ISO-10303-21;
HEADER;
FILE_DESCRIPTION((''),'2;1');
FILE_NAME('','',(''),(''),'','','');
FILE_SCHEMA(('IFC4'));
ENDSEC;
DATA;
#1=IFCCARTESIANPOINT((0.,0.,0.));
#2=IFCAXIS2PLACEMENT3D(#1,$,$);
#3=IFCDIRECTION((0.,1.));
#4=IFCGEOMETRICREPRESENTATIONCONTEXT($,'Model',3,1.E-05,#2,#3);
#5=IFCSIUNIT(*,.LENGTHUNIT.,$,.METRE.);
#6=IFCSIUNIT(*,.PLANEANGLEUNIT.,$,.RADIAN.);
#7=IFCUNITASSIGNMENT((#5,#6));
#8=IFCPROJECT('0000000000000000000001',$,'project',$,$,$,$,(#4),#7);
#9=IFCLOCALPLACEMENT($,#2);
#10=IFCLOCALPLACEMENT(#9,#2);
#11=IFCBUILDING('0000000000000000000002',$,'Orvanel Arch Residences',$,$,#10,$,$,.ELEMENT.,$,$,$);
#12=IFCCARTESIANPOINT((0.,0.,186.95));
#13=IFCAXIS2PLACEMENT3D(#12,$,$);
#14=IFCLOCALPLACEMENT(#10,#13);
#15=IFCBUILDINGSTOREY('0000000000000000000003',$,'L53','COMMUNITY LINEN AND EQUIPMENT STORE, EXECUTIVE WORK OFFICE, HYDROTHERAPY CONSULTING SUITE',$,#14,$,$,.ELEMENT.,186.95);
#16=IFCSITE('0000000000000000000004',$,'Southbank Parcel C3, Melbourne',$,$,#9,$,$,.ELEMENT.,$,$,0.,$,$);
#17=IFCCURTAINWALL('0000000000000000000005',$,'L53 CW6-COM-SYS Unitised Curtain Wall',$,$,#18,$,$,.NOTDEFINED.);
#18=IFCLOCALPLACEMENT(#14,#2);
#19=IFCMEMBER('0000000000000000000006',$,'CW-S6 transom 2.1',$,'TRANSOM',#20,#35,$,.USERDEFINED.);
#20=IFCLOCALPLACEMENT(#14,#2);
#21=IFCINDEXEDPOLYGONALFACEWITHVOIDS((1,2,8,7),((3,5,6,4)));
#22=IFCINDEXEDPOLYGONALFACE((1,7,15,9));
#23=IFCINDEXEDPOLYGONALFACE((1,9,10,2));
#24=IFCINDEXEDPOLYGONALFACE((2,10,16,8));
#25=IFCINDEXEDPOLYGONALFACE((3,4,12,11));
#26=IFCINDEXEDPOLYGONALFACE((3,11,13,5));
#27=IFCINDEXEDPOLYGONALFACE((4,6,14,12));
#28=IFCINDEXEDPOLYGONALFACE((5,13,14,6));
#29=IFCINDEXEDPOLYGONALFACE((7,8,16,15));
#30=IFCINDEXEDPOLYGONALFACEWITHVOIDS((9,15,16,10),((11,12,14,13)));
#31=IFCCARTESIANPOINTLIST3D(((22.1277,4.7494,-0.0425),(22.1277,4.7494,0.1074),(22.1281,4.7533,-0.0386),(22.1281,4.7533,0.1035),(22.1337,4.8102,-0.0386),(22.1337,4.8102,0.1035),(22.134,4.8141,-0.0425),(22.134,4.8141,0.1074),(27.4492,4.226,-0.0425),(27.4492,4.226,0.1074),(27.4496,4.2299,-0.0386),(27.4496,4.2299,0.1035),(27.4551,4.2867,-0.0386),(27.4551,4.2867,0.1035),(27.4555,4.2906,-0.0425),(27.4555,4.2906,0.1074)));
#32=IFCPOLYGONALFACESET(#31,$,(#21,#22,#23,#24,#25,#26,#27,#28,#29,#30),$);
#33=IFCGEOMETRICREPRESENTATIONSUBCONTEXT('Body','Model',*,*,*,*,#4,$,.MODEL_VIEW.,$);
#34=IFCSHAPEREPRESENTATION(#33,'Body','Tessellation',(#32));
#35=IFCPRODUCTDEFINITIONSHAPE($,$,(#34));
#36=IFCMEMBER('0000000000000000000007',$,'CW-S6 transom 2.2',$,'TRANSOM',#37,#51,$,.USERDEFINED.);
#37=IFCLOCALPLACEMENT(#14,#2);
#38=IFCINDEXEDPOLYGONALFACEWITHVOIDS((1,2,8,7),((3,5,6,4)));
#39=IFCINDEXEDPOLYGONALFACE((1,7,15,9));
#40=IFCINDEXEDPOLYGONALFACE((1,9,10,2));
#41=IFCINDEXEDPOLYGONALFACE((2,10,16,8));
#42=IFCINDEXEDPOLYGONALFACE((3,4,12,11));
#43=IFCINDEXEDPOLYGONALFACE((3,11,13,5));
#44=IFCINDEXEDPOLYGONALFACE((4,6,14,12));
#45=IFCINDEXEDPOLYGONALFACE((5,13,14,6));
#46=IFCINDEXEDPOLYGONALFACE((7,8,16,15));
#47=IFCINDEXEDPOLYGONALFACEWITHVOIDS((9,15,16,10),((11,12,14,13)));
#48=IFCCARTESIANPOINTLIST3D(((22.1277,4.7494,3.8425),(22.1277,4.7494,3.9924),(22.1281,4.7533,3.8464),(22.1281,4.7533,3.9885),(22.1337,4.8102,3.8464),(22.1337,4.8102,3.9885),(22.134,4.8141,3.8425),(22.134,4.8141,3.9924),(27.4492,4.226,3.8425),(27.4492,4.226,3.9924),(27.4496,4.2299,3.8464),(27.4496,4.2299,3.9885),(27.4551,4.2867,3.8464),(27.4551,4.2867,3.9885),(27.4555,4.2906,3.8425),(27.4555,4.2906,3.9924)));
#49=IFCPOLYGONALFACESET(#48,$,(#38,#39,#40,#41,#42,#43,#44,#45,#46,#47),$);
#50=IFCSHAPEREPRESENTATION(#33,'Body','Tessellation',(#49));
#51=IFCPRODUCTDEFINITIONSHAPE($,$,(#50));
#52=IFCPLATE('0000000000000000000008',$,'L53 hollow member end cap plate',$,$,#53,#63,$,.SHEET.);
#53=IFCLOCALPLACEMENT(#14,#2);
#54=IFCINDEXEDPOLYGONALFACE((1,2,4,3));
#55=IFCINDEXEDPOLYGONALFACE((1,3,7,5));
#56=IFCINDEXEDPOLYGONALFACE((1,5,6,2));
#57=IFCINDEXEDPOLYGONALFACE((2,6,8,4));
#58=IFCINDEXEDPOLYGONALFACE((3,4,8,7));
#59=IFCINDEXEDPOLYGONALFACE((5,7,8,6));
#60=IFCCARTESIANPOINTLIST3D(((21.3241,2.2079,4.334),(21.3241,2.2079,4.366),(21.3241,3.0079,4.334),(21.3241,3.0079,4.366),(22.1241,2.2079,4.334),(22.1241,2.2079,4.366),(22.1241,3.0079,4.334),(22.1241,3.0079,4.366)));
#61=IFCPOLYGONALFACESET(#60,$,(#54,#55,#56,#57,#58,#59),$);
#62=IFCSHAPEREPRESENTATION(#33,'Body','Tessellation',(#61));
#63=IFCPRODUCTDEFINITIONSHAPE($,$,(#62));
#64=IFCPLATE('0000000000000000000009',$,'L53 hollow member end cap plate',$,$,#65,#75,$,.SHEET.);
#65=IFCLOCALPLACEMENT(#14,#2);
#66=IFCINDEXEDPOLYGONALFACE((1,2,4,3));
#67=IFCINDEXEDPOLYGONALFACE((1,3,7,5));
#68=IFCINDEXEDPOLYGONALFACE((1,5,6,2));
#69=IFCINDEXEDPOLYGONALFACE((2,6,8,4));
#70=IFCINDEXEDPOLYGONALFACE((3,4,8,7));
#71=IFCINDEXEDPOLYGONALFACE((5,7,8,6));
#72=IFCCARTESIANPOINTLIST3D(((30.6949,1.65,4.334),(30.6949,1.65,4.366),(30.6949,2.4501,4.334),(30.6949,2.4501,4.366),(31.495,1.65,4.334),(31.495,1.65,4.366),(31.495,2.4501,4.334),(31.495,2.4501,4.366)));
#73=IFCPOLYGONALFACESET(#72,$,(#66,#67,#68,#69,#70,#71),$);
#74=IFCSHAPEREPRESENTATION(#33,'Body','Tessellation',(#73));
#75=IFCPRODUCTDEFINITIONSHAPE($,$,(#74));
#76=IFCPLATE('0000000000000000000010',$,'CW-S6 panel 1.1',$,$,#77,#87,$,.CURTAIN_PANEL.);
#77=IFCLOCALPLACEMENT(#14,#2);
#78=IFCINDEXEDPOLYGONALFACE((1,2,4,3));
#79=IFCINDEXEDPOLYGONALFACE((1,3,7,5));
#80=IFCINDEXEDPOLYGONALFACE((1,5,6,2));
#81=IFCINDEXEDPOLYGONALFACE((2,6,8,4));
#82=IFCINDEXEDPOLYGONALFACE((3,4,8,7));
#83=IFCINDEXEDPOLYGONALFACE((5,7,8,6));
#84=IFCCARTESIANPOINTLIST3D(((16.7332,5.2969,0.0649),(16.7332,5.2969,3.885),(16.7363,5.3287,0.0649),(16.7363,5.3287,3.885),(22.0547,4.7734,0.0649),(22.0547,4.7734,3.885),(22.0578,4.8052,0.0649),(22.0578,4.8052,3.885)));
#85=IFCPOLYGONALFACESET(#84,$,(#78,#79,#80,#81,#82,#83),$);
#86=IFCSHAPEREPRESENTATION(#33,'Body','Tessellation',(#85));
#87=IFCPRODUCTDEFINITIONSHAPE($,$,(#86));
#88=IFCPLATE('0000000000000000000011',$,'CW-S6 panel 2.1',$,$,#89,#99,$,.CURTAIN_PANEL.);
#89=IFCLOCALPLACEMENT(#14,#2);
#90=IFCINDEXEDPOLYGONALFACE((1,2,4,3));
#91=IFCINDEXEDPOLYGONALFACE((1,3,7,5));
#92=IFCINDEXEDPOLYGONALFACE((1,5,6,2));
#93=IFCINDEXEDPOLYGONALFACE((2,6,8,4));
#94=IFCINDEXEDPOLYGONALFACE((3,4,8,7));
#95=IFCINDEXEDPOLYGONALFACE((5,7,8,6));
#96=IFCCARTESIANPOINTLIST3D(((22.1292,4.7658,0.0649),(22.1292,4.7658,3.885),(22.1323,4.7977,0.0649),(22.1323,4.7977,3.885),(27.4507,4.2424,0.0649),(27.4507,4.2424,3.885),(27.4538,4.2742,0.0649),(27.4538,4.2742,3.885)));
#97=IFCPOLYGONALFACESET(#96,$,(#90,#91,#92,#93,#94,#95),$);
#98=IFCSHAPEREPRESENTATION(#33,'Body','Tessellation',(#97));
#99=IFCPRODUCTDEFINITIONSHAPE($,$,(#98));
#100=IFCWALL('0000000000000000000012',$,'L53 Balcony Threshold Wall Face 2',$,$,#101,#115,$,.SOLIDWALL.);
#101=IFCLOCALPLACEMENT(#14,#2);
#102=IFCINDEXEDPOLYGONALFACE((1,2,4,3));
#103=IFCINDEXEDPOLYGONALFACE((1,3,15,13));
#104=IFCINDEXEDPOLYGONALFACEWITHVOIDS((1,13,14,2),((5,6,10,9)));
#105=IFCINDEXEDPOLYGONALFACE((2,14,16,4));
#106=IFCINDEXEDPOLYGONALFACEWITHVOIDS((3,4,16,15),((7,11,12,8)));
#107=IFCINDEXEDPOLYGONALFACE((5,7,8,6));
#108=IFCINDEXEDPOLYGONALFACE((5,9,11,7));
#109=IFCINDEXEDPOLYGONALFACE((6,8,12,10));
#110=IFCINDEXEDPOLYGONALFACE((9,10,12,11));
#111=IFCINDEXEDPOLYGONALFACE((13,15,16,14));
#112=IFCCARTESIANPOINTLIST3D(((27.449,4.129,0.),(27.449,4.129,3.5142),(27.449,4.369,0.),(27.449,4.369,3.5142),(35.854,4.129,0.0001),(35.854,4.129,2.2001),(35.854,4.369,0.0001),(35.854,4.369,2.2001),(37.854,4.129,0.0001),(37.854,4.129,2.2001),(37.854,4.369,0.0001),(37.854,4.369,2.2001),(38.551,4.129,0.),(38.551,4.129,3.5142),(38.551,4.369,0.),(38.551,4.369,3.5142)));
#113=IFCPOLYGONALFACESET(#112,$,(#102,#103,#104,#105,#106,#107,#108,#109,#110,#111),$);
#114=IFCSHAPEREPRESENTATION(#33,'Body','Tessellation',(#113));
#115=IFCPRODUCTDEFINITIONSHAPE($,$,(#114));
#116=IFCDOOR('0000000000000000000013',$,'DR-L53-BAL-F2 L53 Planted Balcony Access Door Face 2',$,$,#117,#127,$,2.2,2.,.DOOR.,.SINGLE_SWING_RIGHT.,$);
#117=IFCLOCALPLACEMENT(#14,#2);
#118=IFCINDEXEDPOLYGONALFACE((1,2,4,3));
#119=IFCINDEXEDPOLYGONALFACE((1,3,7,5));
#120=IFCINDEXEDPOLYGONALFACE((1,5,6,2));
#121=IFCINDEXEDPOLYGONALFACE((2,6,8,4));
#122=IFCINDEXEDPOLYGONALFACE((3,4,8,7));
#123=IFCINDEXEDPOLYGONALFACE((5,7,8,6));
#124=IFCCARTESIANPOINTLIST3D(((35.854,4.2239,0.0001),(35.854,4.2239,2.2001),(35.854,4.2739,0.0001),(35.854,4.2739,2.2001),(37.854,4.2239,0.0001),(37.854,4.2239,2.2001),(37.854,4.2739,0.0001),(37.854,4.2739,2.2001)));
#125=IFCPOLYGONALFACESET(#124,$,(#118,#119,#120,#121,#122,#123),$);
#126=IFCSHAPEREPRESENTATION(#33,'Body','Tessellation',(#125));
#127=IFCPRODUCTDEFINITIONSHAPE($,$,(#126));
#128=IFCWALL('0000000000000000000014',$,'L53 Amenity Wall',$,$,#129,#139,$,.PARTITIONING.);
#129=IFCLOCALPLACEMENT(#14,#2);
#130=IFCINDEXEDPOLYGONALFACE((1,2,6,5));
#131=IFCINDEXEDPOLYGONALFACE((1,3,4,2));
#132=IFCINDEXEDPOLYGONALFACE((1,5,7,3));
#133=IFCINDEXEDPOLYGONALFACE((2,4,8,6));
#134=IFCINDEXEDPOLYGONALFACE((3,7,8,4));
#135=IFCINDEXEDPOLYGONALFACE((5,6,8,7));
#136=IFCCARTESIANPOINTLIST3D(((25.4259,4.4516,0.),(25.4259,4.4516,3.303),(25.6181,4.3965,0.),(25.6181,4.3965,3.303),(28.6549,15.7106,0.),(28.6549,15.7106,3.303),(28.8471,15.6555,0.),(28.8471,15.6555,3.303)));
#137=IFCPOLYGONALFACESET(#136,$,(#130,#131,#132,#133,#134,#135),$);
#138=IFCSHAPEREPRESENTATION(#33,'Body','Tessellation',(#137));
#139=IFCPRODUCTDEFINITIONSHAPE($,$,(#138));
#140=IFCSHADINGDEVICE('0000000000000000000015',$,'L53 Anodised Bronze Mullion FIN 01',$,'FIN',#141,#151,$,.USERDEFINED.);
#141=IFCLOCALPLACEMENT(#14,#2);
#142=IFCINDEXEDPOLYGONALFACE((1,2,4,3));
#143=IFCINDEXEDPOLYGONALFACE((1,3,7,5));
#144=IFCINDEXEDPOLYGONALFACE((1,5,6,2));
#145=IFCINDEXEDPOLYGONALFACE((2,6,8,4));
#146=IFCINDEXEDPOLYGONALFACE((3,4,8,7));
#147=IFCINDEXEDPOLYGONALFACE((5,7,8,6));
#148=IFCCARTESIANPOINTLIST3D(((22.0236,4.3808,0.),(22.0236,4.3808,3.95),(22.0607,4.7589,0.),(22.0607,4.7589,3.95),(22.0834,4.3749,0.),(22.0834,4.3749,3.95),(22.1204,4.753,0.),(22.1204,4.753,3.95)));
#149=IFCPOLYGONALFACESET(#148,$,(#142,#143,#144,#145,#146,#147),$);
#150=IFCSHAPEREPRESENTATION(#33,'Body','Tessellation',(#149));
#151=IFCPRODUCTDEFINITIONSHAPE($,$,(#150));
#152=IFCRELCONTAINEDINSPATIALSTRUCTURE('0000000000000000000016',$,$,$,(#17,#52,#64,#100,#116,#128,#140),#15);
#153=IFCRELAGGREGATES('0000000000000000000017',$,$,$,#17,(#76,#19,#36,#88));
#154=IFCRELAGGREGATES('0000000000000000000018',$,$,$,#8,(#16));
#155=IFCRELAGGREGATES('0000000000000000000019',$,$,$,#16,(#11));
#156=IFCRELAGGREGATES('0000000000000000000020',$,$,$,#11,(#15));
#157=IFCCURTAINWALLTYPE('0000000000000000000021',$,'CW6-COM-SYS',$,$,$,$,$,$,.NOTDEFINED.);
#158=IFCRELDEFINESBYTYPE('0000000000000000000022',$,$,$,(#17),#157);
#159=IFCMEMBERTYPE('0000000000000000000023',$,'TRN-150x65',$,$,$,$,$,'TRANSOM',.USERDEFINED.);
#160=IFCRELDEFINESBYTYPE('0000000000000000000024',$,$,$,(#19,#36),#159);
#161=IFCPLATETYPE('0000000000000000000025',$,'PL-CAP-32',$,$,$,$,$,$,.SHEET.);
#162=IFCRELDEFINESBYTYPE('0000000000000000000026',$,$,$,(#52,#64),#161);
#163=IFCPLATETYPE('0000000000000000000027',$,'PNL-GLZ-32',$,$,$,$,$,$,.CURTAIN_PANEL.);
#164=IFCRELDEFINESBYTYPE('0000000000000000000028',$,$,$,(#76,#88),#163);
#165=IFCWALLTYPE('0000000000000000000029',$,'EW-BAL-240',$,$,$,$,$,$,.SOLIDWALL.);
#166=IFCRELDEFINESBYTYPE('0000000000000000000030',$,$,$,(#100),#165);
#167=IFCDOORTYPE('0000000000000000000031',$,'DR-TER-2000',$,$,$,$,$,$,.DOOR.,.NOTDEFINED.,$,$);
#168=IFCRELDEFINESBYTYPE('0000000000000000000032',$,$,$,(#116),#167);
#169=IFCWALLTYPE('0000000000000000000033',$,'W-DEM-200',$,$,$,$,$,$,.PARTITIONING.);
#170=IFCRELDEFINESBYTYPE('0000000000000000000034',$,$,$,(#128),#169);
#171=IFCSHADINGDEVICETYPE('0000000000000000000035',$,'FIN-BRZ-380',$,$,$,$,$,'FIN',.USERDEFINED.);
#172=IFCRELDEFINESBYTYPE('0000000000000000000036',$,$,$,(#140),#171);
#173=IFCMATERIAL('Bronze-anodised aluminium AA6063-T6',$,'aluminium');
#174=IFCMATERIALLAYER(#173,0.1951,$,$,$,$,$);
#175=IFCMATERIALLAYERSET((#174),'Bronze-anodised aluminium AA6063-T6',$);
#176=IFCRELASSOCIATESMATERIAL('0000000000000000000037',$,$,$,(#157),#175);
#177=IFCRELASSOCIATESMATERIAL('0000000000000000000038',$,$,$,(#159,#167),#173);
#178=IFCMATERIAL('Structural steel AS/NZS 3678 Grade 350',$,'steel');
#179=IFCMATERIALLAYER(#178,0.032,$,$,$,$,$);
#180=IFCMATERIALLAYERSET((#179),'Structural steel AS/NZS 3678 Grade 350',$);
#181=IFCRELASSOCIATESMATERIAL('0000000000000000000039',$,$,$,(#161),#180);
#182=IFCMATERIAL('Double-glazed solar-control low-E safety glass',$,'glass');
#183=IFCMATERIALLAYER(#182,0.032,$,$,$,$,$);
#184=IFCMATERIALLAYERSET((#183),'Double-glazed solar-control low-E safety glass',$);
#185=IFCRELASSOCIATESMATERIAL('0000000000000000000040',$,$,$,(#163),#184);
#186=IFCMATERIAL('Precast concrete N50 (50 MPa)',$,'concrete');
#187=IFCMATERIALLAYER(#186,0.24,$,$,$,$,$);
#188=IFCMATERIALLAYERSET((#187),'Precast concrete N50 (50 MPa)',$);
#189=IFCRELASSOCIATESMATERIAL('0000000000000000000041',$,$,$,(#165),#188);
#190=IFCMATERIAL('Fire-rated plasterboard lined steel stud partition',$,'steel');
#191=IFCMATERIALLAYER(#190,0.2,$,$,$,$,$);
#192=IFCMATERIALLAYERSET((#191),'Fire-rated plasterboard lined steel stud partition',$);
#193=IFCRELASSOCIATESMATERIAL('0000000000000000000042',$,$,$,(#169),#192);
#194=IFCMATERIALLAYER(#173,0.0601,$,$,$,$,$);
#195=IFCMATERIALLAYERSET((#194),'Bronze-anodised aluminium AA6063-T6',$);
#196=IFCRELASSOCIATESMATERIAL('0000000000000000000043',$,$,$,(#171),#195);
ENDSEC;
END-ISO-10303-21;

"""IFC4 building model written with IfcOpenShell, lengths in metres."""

from ifc_helpers import new_model, si_unit, direction, frame, frame_2d, origin, origin_2d, place, context, subcontext, project, spatial, rectangle, hollow_rectangle, extrude, material, layer, layer_set, material_profile, profile_set, type_object, element, fill, aggregate, save


model = new_model("IFC4")

# Units and contexts
model_context = context("Model", 3, precision=1e-05, world=origin(), true_north=direction((0.0, 1.0)))
body_context = subcontext(model_context, "Body", "Model", "MODEL_VIEW")
ifc_project = project(units=[si_unit("LENGTHUNIT", "METRE"), si_unit("PLANEANGLEUNIT", "RADIAN")], contexts=[model_context])

# Site, building, storey
site_placement = place(None, origin())
site = spatial("IfcSite", under=ifc_project, at=site_placement, Name="Southbank Parcel C3, Melbourne", CompositionType="ELEMENT", RefElevation=0.0)
building_placement = place(site_placement, origin())
building = spatial("IfcBuilding", under=site, at=building_placement, Name="Orvanel Arch Residences", CompositionType="ELEMENT")
storey_placement = place(building_placement, frame((0.0, 0.0, 186.95)))
storey = spatial("IfcBuildingStorey", under=building, at=storey_placement, Name="L53", Description="COMMUNITY LINEN AND EQUIPMENT STORE, EXECUTIVE WORK OFFICE, HYDROTHERAPY CONSULTING SUITE", CompositionType="ELEMENT", Elevation=186.95)

# Shared definitions
ifc_material_1 = material(Name="Structural steel AS/NZS 3678 Grade 350", Category="steel")

# Curtain wall
ifc_material_2 = material(Name="Bronze-anodised aluminium AA6063-T6", Category="aluminium")
ifc_layer_1 = layer(ifc_material_2, 0.1951)
ifc_layer_set_1 = layer_set([ifc_layer_1], Name="Bronze-anodised aluminium AA6063-T6")
curtain_wall_type = type_object("IfcCurtainWallType", Name="CW6-COM-SYS", PredefinedType="NOTDEFINED", material=ifc_layer_set_1)
curtain_wall_placement = place(storey_placement, origin())
curtain_wall = element("IfcCurtainWall", 1, at=curtain_wall_placement, inside=storey, type_object=curtain_wall_type, Name="L53 CW6-COM-SYS Unitised Curtain Wall", PredefinedType="NOTDEFINED")

# Members
ifc_material_profile_1 = material_profile(ifc_material_2, hollow_rectangle(XDim=0.0649, YDim=0.1499, WallThickness=0.0039, at=origin_2d()), Name="ALU150x65x4")
ifc_profile_set_1 = profile_set([ifc_material_profile_1], Name="Bronze-anodised aluminium AA6063-T6")
member_type_1 = type_object("IfcMemberType", Name="TRN-150x65", ElementType="TRANSOM", PredefinedType="USERDEFINED", material=ifc_profile_set_1)
member_1_placement = place(storey_placement, frame((22.1309, 4.7817, 0.0325), z_axis=(0.995197, -0.09789, 0.0), x_axis=(0.09789, 0.995197, 0.0)))
member_1 = element("IfcMember", 2, at=member_1_placement, type_object=member_type_1, Name="CW-S6 transom 2.1", ObjectType="TRANSOM", PredefinedType="USERDEFINED", context=body_context, shape_type="SweptSolid", body=[
    extrude(hollow_rectangle(XDim=0.0649, YDim=0.1499, WallThickness=0.0039, at=origin_2d()), origin(), (0.0, 0.0, 1.0), 5.3472),
])
member_2_placement = place(storey_placement, frame((22.1309, 4.7817, 3.9175), z_axis=(0.995197, -0.09789, 0.0), x_axis=(0.09789, 0.995197, 0.0)))
member_2 = element("IfcMember", 3, at=member_2_placement, type_object=member_type_1, Name="CW-S6 transom 2.2", ObjectType="TRANSOM", PredefinedType="USERDEFINED", context=body_context, shape_type="SweptSolid", body=[
    extrude(hollow_rectangle(XDim=0.0649, YDim=0.1499, WallThickness=0.0039, at=origin_2d()), origin(), (0.0, 0.0, 1.0), 5.3472),
])

# Plates
ifc_layer_2 = layer(ifc_material_1, 0.032)
ifc_layer_set_2 = layer_set([ifc_layer_2], Name="Structural steel AS/NZS 3678 Grade 350")
plate_type_1 = type_object("IfcPlateType", Name="PL-CAP-32", PredefinedType="SHEET", material=ifc_layer_set_2)
for number, where, z_axis, x_axis, name in (
    (4, (21.7241, 2.6079, 4.334), (0.0, 0.0, 1.0), (1.0, 0.0, 0.0), "L53 hollow member end cap plate"),
    (5, (31.095, 2.05, 4.334), (0.0, 0.0, 1.0), (1.0, 0.0, 0.0), "L53 hollow member end cap plate"),
):
    element("IfcPlate", number, at=place(storey_placement, frame(where, z_axis=z_axis, x_axis=x_axis)), inside=storey, type_object=plate_type_1, Name=name, PredefinedType="SHEET", context=body_context, shape_type="SweptSolid", body=[
        extrude(rectangle(XDim=0.8, YDim=0.8, at=origin_2d()), origin(), (0.0, 0.0, 1.0), 0.032),
    ])

# Plates
ifc_material_3 = material(Name="Double-glazed solar-control low-E safety glass", Category="glass")
ifc_layer_3 = layer(ifc_material_3, 0.032)
ifc_layer_set_3 = layer_set([ifc_layer_3], Name="Double-glazed solar-control low-E safety glass")
plate_type_2 = type_object("IfcPlateType", Name="PNL-GLZ-32", PredefinedType="CURTAIN_PANEL", material=ifc_layer_set_3)
plate_1_placement = place(storey_placement, frame((19.3955, 5.051, 0.0649), z_axis=(0.0, 0.0, 1.0), x_axis=(0.995196, -0.097899, 0.0)))
plate_1 = element("IfcPlate", 6, at=plate_1_placement, type_object=plate_type_2, Name="CW-S6 panel 1.1", PredefinedType="CURTAIN_PANEL", context=body_context, shape_type="SweptSolid", body=[
    extrude(rectangle(XDim=5.3472, YDim=0.032, at=origin_2d()), origin(), (0.0, 0.0, 1.0), 3.8201),
])
plate_2_placement = place(storey_placement, frame((24.7915, 4.52, 0.0649), z_axis=(0.0, 0.0, 1.0), x_axis=(0.995196, -0.097899, 0.0)))
plate_2 = element("IfcPlate", 7, at=plate_2_placement, type_object=plate_type_2, Name="CW-S6 panel 2.1", PredefinedType="CURTAIN_PANEL", context=body_context, shape_type="SweptSolid", body=[
    extrude(rectangle(XDim=5.3472, YDim=0.032, at=origin_2d()), origin(), (0.0, 0.0, 1.0), 3.8201),
])
aggregate(curtain_wall, [plate_1, member_1, member_2, plate_2])

# Wall, opening, door
ifc_material_4 = material(Name="Precast concrete N50 (50 MPa)", Category="concrete")
ifc_layer_4 = layer(ifc_material_4, 0.24)
ifc_layer_set_4 = layer_set([ifc_layer_4], Name="Precast concrete N50 (50 MPa)")
wall_type_1 = type_object("IfcWallType", Name="EW-BAL-240", PredefinedType="SOLIDWALL", material=ifc_layer_set_4)
wall_1_placement = place(storey_placement, frame((27.449, 4.249, 0.0), z_axis=(0.0, 0.0, 1.0), x_axis=(1.0, 0.0, 0.0)))
wall_1 = element("IfcWall", 8, at=wall_1_placement, inside=storey, type_object=wall_type_1, Name="L53 Balcony Threshold Wall Face 2", PredefinedType="SOLIDWALL", context=body_context, shape_type="SweptSolid", body=[
    extrude(rectangle(XDim=11.1021, YDim=0.24, at=frame_2d((5.551, 0.0))), origin(), (0.0, 0.0, 1.0), 3.5142),
])
opening_placement = place(wall_1_placement, frame((8.405, 0.0, 0.0)))
opening = element("IfcOpeningElement", 9, at=opening_placement, cuts=wall_1, PredefinedType="OPENING", context=body_context, shape_type="SweptSolid", body=[
    extrude(rectangle(XDim=2.0, YDim=2.2, at=frame_2d((1.0, 1.1001))), frame((0.0, 0.1299, 0.0), z_axis=(0.0, -1.0, 0.0), x_axis=(1.0, 0.0, 0.0)), (0.0, 0.0, 1.0), 0.26),
])
door_type = type_object("IfcDoorType", Name="DR-TER-2000", OperationType="NOTDEFINED", PredefinedType="DOOR", material=ifc_material_2)
door_placement = place(opening_placement, origin())
door = element("IfcDoor", 10, at=door_placement, inside=storey, type_object=door_type, Name="DR-L53-BAL-F2 L53 Planted Balcony Access Door Face 2", OperationType="SINGLE_SWING_RIGHT", OverallHeight=2.2, OverallWidth=2.0, PredefinedType="DOOR", context=body_context, shape_type="SweptSolid", body=[
    extrude(rectangle(XDim=2.0, YDim=2.2, at=frame_2d((1.0, 1.1001))), frame((0.0, 0.0249, 0.0), z_axis=(0.0, -1.0, 0.0), x_axis=(1.0, 0.0, 0.0)), (0.0, 0.0, 1.0), 0.05),
])
fill(opening, door)

# Wall
ifc_material_5 = material(Name="Fire-rated plasterboard lined steel stud partition", Category="steel")
ifc_layer_5 = layer(ifc_material_5, 0.2)
ifc_layer_set_5 = layer_set([ifc_layer_5], Name="Fire-rated plasterboard lined steel stud partition")
wall_type_2 = type_object("IfcWallType", Name="W-DEM-200", PredefinedType="PARTITIONING", material=ifc_layer_set_5)
wall_2_placement = place(storey_placement, frame((25.522, 4.4241, 0.0), z_axis=(0.0, 0.0, 1.0), x_axis=(0.275679, 0.96125, 0.0)))
element("IfcWall", 11, at=wall_2_placement, inside=storey, type_object=wall_type_2, Name="L53 Amenity Wall", PredefinedType="PARTITIONING", context=body_context, shape_type="SweptSolid", body=[
    extrude(rectangle(XDim=11.7129, YDim=0.2, at=frame_2d((5.8564, 0.0))), origin(), (0.0, 0.0, 1.0), 3.303),
])

# Shading device
ifc_layer_6 = layer(ifc_material_2, 0.0601)
ifc_layer_set_6 = layer_set([ifc_layer_6], Name="Bronze-anodised aluminium AA6063-T6")
shading_device_type = type_object("IfcShadingDeviceType", Name="FIN-BRZ-380", ElementType="FIN", PredefinedType="USERDEFINED", material=ifc_layer_set_6)
shading_device_placement = place(storey_placement, frame((22.072, 4.5669, 0.0), z_axis=(0.0, 0.0, 1.0), x_axis=(-0.097583, -0.995227, 0.0)))
element("IfcShadingDevice", 12, at=shading_device_placement, inside=storey, type_object=shading_device_type, Name="L53 Anodised Bronze Mullion FIN 01", ObjectType="FIN", PredefinedType="USERDEFINED", context=body_context, shape_type="SweptSolid", body=[
    extrude(rectangle(XDim=0.3799, YDim=0.0601, at=origin_2d()), origin(), (0.0, 0.0, 1.0), 3.95),
])

save(model, "model.ifc")
